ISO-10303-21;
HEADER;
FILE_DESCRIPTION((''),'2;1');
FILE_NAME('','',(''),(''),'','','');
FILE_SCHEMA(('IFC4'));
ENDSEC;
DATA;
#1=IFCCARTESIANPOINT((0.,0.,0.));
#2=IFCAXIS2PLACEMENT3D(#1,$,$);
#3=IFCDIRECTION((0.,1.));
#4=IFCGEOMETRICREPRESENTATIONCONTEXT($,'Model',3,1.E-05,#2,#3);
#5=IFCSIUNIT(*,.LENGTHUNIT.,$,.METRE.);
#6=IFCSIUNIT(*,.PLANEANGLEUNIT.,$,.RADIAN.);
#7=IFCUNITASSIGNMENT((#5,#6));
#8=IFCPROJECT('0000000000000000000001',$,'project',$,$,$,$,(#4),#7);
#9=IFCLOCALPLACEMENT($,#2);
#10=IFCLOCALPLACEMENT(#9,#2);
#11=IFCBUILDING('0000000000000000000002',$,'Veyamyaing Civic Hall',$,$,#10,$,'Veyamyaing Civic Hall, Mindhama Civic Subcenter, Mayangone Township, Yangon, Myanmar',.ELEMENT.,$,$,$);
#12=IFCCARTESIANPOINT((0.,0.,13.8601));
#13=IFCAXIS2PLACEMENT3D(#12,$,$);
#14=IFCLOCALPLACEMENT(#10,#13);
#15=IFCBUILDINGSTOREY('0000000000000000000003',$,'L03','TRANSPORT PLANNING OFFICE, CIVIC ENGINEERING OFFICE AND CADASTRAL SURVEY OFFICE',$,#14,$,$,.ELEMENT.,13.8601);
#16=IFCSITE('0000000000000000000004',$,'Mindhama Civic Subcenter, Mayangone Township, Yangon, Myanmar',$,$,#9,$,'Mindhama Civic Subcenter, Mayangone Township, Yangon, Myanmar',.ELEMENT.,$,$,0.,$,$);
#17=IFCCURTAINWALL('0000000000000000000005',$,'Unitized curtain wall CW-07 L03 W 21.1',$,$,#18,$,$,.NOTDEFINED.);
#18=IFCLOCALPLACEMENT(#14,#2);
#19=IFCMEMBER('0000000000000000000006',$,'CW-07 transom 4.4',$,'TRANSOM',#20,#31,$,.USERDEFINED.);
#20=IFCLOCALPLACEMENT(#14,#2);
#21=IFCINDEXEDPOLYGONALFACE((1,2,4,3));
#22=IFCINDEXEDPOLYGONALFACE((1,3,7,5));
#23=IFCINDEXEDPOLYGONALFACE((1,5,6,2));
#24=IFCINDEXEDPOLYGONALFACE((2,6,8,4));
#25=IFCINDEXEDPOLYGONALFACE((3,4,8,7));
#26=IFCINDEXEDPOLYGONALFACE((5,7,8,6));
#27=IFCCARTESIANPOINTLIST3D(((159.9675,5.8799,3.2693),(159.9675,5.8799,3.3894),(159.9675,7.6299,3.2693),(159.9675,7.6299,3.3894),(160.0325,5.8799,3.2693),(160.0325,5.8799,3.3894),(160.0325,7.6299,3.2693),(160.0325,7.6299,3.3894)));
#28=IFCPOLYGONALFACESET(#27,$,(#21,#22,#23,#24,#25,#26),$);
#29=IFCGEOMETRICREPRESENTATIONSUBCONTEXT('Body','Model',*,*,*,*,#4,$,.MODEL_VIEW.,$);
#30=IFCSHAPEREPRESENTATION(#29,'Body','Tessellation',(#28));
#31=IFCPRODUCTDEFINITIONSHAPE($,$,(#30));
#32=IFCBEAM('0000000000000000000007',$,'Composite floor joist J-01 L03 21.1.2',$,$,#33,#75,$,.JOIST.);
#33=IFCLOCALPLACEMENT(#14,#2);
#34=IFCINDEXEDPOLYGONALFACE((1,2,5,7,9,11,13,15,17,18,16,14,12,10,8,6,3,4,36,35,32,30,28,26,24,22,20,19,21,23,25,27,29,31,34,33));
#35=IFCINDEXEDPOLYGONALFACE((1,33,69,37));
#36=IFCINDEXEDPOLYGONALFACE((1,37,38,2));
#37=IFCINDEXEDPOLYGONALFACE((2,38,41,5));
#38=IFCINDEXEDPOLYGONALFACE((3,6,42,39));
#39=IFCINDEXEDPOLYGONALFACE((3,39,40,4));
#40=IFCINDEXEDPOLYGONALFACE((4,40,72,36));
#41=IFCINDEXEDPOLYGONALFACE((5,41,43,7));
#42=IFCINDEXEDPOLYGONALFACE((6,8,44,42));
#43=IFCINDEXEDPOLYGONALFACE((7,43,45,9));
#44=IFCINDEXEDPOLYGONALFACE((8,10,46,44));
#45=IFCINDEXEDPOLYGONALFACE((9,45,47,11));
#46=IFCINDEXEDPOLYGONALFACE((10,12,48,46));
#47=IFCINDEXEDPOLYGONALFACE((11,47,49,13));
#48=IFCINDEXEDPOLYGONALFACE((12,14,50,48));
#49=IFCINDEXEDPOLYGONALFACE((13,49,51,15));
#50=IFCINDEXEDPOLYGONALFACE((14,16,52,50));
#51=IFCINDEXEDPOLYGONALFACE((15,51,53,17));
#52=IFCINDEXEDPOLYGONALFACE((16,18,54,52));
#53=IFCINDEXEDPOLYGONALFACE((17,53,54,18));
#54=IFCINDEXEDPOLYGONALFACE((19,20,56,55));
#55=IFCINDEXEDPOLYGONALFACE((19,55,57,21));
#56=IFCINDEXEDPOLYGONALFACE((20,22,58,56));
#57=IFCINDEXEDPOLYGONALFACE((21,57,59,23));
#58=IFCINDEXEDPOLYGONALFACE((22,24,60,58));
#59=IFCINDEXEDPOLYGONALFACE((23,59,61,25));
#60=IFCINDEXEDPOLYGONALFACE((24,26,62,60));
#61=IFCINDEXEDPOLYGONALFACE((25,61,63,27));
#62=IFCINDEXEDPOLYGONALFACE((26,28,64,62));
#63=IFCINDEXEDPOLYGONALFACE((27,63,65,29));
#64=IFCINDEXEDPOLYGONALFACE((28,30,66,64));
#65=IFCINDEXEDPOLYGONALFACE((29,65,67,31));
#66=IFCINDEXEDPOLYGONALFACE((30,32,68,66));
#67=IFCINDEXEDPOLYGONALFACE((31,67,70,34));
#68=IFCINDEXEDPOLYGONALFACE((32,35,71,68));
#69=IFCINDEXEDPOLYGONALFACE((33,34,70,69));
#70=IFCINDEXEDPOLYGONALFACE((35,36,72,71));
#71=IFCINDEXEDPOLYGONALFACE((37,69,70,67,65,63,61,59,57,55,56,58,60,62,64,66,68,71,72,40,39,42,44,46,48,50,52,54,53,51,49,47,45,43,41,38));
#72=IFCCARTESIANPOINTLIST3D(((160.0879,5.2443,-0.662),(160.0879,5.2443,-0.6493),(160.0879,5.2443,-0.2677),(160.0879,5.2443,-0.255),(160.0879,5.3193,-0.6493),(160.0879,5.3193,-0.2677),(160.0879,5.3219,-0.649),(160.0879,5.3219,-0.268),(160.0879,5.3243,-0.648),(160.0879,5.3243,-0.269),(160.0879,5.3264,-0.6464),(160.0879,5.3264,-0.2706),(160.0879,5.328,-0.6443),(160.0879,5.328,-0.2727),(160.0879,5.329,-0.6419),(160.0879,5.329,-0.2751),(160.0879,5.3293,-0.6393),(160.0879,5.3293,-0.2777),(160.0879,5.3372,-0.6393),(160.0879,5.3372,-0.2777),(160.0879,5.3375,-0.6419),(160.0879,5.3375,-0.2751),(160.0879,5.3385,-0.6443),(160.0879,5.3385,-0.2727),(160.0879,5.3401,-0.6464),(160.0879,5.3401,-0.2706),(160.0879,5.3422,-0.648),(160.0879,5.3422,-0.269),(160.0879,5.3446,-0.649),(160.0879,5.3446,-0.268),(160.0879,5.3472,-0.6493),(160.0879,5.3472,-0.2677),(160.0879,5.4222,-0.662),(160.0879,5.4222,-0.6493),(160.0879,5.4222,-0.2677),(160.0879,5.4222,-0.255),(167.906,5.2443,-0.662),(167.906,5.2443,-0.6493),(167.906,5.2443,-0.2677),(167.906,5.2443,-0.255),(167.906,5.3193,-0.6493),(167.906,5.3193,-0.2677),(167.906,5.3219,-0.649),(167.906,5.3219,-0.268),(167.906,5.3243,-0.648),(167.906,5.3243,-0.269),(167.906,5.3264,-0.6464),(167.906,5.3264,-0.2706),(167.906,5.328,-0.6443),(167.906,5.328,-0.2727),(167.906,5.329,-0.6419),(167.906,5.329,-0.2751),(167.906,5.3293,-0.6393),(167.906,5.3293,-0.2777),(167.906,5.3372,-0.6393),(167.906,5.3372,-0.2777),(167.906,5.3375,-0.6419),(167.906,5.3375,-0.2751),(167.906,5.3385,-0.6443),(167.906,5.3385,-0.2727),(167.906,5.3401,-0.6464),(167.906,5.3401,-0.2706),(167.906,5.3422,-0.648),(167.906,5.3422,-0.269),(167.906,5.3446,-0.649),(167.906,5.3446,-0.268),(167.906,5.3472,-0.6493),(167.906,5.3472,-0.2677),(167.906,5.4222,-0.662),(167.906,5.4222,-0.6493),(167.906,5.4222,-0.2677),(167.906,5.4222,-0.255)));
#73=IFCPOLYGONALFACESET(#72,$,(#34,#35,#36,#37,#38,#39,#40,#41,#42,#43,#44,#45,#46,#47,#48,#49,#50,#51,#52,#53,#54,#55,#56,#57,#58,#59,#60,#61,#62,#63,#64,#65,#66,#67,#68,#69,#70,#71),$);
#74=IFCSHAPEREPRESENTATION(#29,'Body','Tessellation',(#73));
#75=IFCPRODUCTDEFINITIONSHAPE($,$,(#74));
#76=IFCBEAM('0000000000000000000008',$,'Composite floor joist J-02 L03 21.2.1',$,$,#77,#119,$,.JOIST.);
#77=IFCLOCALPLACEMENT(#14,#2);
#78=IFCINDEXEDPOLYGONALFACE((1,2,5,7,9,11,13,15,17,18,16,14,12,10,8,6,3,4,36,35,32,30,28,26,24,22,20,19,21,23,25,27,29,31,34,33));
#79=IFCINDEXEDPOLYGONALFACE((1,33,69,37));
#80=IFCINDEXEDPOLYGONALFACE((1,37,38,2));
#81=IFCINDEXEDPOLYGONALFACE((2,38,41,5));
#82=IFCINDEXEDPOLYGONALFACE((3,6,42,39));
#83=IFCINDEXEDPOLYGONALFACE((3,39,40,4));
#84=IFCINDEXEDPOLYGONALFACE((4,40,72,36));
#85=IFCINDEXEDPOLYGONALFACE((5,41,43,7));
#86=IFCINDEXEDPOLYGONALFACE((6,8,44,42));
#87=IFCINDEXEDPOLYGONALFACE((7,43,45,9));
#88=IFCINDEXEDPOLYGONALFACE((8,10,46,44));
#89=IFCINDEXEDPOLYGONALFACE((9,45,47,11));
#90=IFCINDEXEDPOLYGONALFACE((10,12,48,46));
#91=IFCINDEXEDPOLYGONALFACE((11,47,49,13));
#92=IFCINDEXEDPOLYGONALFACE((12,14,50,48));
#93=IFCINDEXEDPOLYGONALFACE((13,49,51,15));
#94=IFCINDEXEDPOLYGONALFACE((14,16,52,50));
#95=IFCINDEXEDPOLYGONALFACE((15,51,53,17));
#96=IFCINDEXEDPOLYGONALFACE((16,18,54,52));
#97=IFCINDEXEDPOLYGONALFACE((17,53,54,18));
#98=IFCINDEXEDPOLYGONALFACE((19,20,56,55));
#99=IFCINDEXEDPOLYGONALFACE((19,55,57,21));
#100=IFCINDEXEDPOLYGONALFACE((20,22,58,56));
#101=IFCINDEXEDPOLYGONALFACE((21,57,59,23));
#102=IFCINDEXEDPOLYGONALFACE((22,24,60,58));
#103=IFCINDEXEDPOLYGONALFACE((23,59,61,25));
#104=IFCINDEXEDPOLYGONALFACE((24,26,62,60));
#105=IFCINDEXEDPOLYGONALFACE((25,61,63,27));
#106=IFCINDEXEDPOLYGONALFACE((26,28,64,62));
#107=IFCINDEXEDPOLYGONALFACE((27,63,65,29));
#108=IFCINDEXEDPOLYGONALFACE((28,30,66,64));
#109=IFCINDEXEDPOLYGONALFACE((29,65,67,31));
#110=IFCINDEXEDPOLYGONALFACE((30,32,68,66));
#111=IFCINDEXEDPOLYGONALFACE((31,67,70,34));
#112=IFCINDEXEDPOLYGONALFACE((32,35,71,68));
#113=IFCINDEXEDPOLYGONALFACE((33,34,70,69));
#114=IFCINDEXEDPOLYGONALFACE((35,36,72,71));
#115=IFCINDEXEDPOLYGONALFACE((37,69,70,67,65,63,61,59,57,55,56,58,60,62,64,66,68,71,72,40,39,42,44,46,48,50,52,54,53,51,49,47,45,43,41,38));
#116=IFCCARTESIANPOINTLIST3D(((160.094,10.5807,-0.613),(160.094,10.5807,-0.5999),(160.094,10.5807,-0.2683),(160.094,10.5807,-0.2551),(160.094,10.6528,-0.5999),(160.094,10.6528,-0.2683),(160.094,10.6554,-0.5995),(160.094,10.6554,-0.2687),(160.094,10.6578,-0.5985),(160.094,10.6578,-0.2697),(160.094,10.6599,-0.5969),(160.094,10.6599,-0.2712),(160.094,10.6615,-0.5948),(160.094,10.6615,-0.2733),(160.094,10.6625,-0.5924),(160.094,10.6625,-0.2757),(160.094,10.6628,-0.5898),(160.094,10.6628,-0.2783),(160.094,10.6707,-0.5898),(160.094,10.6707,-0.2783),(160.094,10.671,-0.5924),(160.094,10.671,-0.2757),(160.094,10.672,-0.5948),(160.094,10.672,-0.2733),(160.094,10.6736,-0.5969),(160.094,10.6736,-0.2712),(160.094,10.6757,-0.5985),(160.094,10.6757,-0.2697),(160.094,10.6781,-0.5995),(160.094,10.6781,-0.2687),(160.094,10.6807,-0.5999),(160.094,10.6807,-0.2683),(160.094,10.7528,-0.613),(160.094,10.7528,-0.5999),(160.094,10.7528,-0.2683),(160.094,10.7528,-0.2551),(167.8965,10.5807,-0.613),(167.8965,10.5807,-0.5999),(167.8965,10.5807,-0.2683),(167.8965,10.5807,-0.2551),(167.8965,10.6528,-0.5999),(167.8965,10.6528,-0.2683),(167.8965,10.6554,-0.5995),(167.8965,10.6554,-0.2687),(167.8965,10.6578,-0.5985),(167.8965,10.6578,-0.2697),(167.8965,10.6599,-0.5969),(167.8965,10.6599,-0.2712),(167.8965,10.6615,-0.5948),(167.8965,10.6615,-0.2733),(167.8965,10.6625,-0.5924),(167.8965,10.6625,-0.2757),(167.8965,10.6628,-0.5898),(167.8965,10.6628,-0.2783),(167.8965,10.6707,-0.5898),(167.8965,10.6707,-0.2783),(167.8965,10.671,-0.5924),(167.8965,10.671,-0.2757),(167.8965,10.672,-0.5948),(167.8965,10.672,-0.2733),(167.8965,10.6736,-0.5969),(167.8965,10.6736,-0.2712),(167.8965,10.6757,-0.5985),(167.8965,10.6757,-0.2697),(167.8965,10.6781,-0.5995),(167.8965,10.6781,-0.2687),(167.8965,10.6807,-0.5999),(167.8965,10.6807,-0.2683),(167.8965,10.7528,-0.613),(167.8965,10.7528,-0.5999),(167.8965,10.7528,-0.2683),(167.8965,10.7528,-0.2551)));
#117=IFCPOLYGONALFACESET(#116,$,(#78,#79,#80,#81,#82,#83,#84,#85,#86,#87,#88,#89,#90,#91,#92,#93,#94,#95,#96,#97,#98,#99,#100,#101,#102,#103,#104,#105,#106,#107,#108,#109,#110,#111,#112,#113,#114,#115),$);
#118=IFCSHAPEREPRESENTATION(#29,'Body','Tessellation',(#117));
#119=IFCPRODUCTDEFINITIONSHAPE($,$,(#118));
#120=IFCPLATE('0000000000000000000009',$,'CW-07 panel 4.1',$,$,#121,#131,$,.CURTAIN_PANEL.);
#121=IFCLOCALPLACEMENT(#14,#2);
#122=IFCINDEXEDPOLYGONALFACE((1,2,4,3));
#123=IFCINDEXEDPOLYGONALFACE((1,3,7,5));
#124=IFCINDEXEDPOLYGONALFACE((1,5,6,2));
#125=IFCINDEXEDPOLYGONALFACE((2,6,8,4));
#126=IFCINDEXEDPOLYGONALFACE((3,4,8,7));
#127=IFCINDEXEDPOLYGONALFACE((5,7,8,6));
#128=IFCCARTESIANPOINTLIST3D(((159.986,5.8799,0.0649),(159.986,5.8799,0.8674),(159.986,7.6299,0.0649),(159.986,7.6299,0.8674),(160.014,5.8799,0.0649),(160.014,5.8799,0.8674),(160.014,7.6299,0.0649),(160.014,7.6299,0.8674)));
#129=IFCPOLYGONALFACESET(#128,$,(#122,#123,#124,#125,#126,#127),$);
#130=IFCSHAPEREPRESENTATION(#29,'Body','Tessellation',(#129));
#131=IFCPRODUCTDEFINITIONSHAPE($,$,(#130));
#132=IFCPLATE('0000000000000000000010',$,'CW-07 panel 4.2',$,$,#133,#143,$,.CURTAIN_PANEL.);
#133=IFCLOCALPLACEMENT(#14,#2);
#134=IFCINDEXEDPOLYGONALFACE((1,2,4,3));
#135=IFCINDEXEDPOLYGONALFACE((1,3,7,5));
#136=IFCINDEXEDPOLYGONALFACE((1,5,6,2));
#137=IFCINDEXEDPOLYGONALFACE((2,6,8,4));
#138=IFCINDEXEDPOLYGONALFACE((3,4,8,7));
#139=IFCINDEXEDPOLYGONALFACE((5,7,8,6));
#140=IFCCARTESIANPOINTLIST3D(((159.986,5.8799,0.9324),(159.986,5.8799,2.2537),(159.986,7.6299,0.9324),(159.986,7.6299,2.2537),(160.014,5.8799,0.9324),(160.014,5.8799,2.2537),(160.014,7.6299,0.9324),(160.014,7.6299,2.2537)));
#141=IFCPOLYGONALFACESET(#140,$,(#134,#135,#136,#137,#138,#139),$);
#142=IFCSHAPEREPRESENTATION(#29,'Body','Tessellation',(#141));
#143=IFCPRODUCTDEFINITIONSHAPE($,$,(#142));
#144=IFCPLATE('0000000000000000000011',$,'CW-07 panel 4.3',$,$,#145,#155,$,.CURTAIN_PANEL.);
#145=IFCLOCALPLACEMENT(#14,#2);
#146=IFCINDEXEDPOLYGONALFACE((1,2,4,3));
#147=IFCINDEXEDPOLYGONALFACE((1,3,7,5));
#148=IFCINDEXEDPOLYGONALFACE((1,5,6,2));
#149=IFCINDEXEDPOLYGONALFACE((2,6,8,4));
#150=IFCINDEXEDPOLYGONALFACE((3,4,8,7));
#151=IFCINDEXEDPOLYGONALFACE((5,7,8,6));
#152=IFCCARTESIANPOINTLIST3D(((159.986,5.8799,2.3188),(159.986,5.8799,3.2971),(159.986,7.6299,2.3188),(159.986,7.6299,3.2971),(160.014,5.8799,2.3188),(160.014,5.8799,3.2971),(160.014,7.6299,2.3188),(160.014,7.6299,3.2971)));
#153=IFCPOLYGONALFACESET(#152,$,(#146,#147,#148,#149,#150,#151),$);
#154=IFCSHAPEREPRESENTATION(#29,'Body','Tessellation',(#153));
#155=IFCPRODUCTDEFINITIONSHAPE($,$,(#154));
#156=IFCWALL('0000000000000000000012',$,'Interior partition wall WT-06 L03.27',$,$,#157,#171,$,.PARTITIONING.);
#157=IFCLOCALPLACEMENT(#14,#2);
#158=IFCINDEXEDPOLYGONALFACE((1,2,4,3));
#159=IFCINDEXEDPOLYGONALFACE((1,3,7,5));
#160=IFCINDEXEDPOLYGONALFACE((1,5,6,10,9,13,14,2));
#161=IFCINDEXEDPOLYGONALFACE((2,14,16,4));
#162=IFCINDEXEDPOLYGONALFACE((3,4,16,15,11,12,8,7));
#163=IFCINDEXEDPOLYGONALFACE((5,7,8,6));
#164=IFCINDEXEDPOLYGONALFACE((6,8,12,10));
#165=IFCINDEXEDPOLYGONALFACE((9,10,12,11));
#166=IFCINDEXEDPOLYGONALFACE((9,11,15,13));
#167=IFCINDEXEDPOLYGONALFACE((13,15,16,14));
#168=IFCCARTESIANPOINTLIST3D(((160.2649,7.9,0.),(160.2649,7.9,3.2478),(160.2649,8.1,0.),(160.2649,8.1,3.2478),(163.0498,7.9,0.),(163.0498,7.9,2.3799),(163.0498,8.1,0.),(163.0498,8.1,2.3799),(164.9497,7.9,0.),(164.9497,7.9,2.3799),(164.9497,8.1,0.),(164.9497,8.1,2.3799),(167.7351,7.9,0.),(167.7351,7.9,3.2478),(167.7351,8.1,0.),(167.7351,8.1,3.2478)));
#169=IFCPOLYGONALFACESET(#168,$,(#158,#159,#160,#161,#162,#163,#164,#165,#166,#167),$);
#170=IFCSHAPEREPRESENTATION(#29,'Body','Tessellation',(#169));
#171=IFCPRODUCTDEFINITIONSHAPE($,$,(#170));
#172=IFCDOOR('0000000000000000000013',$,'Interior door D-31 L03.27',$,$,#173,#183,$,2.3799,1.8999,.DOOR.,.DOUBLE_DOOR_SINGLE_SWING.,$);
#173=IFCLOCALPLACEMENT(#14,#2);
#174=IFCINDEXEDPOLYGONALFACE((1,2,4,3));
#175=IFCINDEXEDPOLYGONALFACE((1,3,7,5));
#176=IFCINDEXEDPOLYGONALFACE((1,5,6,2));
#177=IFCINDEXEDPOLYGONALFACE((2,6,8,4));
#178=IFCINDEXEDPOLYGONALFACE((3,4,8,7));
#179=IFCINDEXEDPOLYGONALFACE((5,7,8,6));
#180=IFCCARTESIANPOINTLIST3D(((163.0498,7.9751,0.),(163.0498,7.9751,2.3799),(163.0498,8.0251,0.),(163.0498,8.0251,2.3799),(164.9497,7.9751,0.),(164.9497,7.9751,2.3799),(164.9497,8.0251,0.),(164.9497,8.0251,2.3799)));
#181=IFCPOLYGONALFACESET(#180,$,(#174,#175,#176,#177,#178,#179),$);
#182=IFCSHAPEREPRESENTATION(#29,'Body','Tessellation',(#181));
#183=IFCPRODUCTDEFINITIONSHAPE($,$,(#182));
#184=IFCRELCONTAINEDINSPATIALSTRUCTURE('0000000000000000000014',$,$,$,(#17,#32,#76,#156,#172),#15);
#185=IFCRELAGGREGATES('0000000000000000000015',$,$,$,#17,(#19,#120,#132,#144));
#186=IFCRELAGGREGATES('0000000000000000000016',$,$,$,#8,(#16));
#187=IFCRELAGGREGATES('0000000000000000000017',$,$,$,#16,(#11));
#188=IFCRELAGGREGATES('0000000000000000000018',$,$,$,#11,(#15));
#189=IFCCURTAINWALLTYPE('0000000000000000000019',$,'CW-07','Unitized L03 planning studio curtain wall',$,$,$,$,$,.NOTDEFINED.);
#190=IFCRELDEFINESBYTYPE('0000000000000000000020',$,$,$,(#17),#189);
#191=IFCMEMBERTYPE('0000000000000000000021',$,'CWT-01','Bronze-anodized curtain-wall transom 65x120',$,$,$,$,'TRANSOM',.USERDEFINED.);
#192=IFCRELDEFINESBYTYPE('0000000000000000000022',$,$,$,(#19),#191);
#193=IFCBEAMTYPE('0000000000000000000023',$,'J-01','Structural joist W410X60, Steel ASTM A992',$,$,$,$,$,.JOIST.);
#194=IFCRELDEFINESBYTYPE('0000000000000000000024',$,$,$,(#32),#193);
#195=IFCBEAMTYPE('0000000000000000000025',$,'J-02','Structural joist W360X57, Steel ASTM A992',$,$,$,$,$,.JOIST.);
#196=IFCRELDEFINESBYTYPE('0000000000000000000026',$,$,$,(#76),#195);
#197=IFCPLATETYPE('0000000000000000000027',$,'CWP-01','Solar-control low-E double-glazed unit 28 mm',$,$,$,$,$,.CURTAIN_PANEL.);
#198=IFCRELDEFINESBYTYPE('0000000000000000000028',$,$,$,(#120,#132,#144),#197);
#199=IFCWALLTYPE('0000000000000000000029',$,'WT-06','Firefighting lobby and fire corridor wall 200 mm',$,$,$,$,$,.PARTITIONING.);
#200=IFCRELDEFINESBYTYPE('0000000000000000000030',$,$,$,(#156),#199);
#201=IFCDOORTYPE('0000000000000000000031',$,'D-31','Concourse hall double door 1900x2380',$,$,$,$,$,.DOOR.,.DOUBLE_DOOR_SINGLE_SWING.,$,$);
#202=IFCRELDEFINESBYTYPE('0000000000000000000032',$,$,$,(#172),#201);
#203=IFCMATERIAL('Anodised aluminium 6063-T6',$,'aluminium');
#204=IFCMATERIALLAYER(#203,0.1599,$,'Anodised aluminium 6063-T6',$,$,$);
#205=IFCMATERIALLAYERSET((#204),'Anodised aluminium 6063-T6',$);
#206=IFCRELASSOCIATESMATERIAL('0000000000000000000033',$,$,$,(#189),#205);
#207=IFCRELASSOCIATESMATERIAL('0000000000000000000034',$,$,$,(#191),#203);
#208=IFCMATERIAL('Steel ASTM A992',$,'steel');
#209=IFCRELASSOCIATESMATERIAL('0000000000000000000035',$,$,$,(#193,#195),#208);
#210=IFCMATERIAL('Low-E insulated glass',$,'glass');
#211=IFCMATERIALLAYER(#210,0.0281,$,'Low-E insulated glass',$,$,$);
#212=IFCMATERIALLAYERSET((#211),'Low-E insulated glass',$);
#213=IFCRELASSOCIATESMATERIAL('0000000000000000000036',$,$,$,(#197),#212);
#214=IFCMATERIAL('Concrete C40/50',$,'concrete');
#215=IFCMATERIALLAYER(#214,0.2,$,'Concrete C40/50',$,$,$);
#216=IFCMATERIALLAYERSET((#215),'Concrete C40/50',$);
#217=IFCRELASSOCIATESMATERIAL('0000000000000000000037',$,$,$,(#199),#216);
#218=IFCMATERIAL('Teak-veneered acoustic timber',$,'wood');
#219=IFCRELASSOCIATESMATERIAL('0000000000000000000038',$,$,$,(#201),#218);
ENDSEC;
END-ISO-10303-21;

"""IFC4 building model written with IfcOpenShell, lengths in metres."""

from ifc_helpers import new_model, si_unit, direction, frame, frame_2d, origin, origin_2d, place, context, subcontext, project, spatial, rectangle, i_section, extrude, material, layer, layer_set, material_profile, profile_set, type_object, element, fill, aggregate, save


model = new_model("IFC4")

# Units and contexts
model_context = context("Model", 3, precision=1e-05, world=origin(), true_north=direction((0.0, 1.0)))
body_context = subcontext(model_context, "Body", "Model", "MODEL_VIEW")
ifc_project = project(units=[si_unit("LENGTHUNIT", "METRE"), si_unit("PLANEANGLEUNIT", "RADIAN")], contexts=[model_context])

# Site, building, storey
site_placement = place(None, origin())
site = spatial("IfcSite", under=ifc_project, at=site_placement, Name="Mindhama Civic Subcenter, Mayangone Township, Yangon, Myanmar", LongName="Mindhama Civic Subcenter, Mayangone Township, Yangon, Myanmar", CompositionType="ELEMENT", RefElevation=0.0)
building_placement = place(site_placement, origin())
building = spatial("IfcBuilding", under=site, at=building_placement, Name="Veyamyaing Civic Hall", LongName="Veyamyaing Civic Hall, Mindhama Civic Subcenter, Mayangone Township, Yangon, Myanmar", CompositionType="ELEMENT")
storey_placement = place(building_placement, frame((0.0, 0.0, 13.8601)))
storey = spatial("IfcBuildingStorey", under=building, at=storey_placement, Name="L03", Description="TRANSPORT PLANNING OFFICE, CIVIC ENGINEERING OFFICE AND CADASTRAL SURVEY OFFICE", CompositionType="ELEMENT", Elevation=13.8601)

# Shared definitions
ifc_material_1 = material(Name="Steel ASTM A992", Category="steel")

# Curtain wall, member
ifc_material_2 = material(Name="Anodised aluminium 6063-T6", Category="aluminium")
ifc_layer_1 = layer(ifc_material_2, 0.1599, Name="Anodised aluminium 6063-T6")
ifc_layer_set_1 = layer_set([ifc_layer_1], Name="Anodised aluminium 6063-T6")
curtain_wall_type = type_object("IfcCurtainWallType", Name="CW-07", Description="Unitized L03 planning studio curtain wall", PredefinedType="NOTDEFINED", material=ifc_layer_set_1)
curtain_wall_placement = place(storey_placement, origin())
curtain_wall = element("IfcCurtainWall", 1, at=curtain_wall_placement, inside=storey, type_object=curtain_wall_type, Name="Unitized curtain wall CW-07 L03 W 21.1", PredefinedType="NOTDEFINED")
ifc_material_profile_1 = material_profile(ifc_material_2, rectangle(XDim=0.0649, YDim=0.1201, at=origin_2d()), Name="ALU-TRN-65X120")
ifc_profile_set_1 = profile_set([ifc_material_profile_1], Name="Anodised aluminium 6063-T6")
member_type_1 = type_object("IfcMemberType", Name="CWT-01", Description="Bronze-anodized curtain-wall transom 65x120", ElementType="TRANSOM", PredefinedType="USERDEFINED", material=ifc_profile_set_1)
member_1_placement = place(storey_placement, frame((160.0, 5.8799, 3.3293), z_axis=(0.0, 1.0, 0.0), x_axis=(-1.0, 0.0, 0.0)))
member_1 = element("IfcMember", 2, at=member_1_placement, type_object=member_type_1, Name="CW-07 transom 4.4", ObjectType="TRANSOM", PredefinedType="USERDEFINED", context=body_context, shape_type="SweptSolid", body=[
    extrude(rectangle(XDim=0.0649, YDim=0.1201, at=origin_2d()), origin(), (0.0, 0.0, 1.0), 1.75),
])

# Beams
ifc_material_profile_2 = material_profile(ifc_material_1, i_section(OverallWidth=0.178, OverallDepth=0.407, WebThickness=0.0078, FlangeThickness=0.0127, FilletRadius=0.01, at=origin_2d()), Name="W410X60")
ifc_profile_set_2 = profile_set([ifc_material_profile_2], Name="Steel ASTM A992")
beam_type_1 = type_object("IfcBeamType", Name="J-01", Description="Structural joist W410X60, Steel ASTM A992", PredefinedType="JOIST", material=ifc_profile_set_2)
beam_1_placement = place(storey_placement, frame((160.0879, 5.3333, -0.4585), z_axis=(1.0, 0.0, 0.0), x_axis=(0.0, 1.0, 0.0)))
element("IfcBeam", 3, at=beam_1_placement, inside=storey, type_object=beam_type_1, Name="Composite floor joist J-01 L03 21.1.2", PredefinedType="JOIST", context=body_context, shape_type="SweptSolid", body=[
    extrude(i_section(OverallWidth=0.178, OverallDepth=0.407, WebThickness=0.0078, FlangeThickness=0.0127, FilletRadius=0.01, at=origin_2d()), origin(), (0.0, 0.0, 1.0), 7.8181),
])
ifc_material_profile_3 = material_profile(ifc_material_1, i_section(OverallWidth=0.1721, OverallDepth=0.3579, WebThickness=0.0078, FlangeThickness=0.0132, FilletRadius=0.01, at=origin_2d()), Name="W360X57")
ifc_profile_set_3 = profile_set([ifc_material_profile_3], Name="Steel ASTM A992")
beam_type_2 = type_object("IfcBeamType", Name="J-02", Description="Structural joist W360X57, Steel ASTM A992", PredefinedType="JOIST", material=ifc_profile_set_3)
beam_2_placement = place(storey_placement, frame((160.094, 10.6667, -0.4341), z_axis=(1.0, 0.0, 0.0), x_axis=(0.0, 1.0, 0.0)))
element("IfcBeam", 4, at=beam_2_placement, inside=storey, type_object=beam_type_2, Name="Composite floor joist J-02 L03 21.2.1", PredefinedType="JOIST", context=body_context, shape_type="SweptSolid", body=[
    extrude(i_section(OverallWidth=0.1721, OverallDepth=0.3579, WebThickness=0.0078, FlangeThickness=0.0132, FilletRadius=0.01, at=origin_2d()), origin(), (0.0, 0.0, 1.0), 7.8025),
])

# Plates
ifc_material_3 = material(Name="Low-E insulated glass", Category="glass")
ifc_layer_2 = layer(ifc_material_3, 0.0281, Name="Low-E insulated glass")
ifc_layer_set_2 = layer_set([ifc_layer_2], Name="Low-E insulated glass")
plate_type = type_object("IfcPlateType", Name="CWP-01", Description="Solar-control low-E double-glazed unit 28 mm", PredefinedType="CURTAIN_PANEL", material=ifc_layer_set_2)
plate_1_placement = place(storey_placement, frame((160.0, 6.7549, 0.0649), z_axis=(0.0, 0.0, 1.0), x_axis=(0.0, 1.0, 0.0)))
plate_1 = element("IfcPlate", 5, at=plate_1_placement, type_object=plate_type, Name="CW-07 panel 4.1", PredefinedType="CURTAIN_PANEL", context=body_context, shape_type="SweptSolid", body=[
    extrude(rectangle(XDim=1.75, YDim=0.0281, at=origin_2d()), origin(), (0.0, 0.0, 1.0), 0.8025),
])
plate_2_placement = place(storey_placement, frame((160.0, 6.7549, 0.9324), z_axis=(0.0, 0.0, 1.0), x_axis=(0.0, 1.0, 0.0)))
plate_2 = element("IfcPlate", 6, at=plate_2_placement, type_object=plate_type, Name="CW-07 panel 4.2", PredefinedType="CURTAIN_PANEL", context=body_context, shape_type="SweptSolid", body=[
    extrude(rectangle(XDim=1.75, YDim=0.0281, at=origin_2d()), origin(), (0.0, 0.0, 1.0), 1.3213),
])
plate_3_placement = place(storey_placement, frame((160.0, 6.7549, 2.3188), z_axis=(0.0, 0.0, 1.0), x_axis=(0.0, 1.0, 0.0)))
plate_3 = element("IfcPlate", 7, at=plate_3_placement, type_object=plate_type, Name="CW-07 panel 4.3", PredefinedType="CURTAIN_PANEL", context=body_context, shape_type="SweptSolid", body=[
    extrude(rectangle(XDim=1.75, YDim=0.0281, at=origin_2d()), origin(), (0.0, 0.0, 1.0), 0.9783),
])
aggregate(curtain_wall, [member_1, plate_1, plate_2, plate_3])

# Wall, opening, door
ifc_material_4 = material(Name="Concrete C40/50", Category="concrete")
ifc_layer_3 = layer(ifc_material_4, 0.2, Name="Concrete C40/50")
ifc_layer_set_3 = layer_set([ifc_layer_3], Name="Concrete C40/50")
wall_type_1 = type_object("IfcWallType", Name="WT-06", Description="Firefighting lobby and fire corridor wall 200 mm", PredefinedType="PARTITIONING", material=ifc_layer_set_3)
wall_1_placement = place(storey_placement, frame((160.2649, 8.0, 0.0), z_axis=(0.0, 0.0, 1.0), x_axis=(1.0, 0.0, 0.0)))
wall_1 = element("IfcWall", 8, at=wall_1_placement, inside=storey, type_object=wall_type_1, Name="Interior partition wall WT-06 L03.27", PredefinedType="PARTITIONING", context=body_context, shape_type="SweptSolid", body=[
    extrude(rectangle(XDim=7.4702, YDim=0.2, at=frame_2d((3.7351, 0.0))), origin(), (0.0, 0.0, 1.0), 3.2478),
])
opening_1_placement = place(wall_1_placement, frame((2.7849, 0.0, 0.0)))
opening_1 = element("IfcOpeningElement", 9, at=opening_1_placement, cuts=wall_1, PredefinedType="OPENING", context=body_context, shape_type="SweptSolid", body=[
    extrude(rectangle(XDim=1.8999, YDim=2.3799, at=frame_2d((0.95, 1.1899))), frame((0.0, 0.1099, 0.0), z_axis=(0.0, -1.0, 0.0), x_axis=(1.0, 0.0, 0.0)), (0.0, 0.0, 1.0), 0.22),
])
ifc_material_5 = material(Name="Teak-veneered acoustic timber", Category="wood")
door_type_1 = type_object("IfcDoorType", Name="D-31", Description="Concourse hall double door 1900x2380", OperationType="DOUBLE_DOOR_SINGLE_SWING", PredefinedType="DOOR", material=ifc_material_5)
door_1_placement = place(opening_1_placement, frame((1.8999, 0.0, 0.0), z_axis=(0.0, 0.0, 1.0), x_axis=(-1.0, 0.0, 0.0)))
door_1 = element("IfcDoor", 10, at=door_1_placement, inside=storey, type_object=door_type_1, Name="Interior door D-31 L03.27", OperationType="DOUBLE_DOOR_SINGLE_SWING", OverallHeight=2.3799, OverallWidth=1.8999, PredefinedType="DOOR", context=body_context, shape_type="SweptSolid", body=[
    extrude(rectangle(XDim=1.8999, YDim=2.3799, at=frame_2d((0.95, 1.1899))), frame((0.0, 0.0249, 0.0), z_axis=(0.0, -1.0, 0.0), x_axis=(1.0, 0.0, 0.0)), (0.0, 0.0, 1.0), 0.05),
])
fill(opening_1, door_1)

save(model, "model.ifc")
